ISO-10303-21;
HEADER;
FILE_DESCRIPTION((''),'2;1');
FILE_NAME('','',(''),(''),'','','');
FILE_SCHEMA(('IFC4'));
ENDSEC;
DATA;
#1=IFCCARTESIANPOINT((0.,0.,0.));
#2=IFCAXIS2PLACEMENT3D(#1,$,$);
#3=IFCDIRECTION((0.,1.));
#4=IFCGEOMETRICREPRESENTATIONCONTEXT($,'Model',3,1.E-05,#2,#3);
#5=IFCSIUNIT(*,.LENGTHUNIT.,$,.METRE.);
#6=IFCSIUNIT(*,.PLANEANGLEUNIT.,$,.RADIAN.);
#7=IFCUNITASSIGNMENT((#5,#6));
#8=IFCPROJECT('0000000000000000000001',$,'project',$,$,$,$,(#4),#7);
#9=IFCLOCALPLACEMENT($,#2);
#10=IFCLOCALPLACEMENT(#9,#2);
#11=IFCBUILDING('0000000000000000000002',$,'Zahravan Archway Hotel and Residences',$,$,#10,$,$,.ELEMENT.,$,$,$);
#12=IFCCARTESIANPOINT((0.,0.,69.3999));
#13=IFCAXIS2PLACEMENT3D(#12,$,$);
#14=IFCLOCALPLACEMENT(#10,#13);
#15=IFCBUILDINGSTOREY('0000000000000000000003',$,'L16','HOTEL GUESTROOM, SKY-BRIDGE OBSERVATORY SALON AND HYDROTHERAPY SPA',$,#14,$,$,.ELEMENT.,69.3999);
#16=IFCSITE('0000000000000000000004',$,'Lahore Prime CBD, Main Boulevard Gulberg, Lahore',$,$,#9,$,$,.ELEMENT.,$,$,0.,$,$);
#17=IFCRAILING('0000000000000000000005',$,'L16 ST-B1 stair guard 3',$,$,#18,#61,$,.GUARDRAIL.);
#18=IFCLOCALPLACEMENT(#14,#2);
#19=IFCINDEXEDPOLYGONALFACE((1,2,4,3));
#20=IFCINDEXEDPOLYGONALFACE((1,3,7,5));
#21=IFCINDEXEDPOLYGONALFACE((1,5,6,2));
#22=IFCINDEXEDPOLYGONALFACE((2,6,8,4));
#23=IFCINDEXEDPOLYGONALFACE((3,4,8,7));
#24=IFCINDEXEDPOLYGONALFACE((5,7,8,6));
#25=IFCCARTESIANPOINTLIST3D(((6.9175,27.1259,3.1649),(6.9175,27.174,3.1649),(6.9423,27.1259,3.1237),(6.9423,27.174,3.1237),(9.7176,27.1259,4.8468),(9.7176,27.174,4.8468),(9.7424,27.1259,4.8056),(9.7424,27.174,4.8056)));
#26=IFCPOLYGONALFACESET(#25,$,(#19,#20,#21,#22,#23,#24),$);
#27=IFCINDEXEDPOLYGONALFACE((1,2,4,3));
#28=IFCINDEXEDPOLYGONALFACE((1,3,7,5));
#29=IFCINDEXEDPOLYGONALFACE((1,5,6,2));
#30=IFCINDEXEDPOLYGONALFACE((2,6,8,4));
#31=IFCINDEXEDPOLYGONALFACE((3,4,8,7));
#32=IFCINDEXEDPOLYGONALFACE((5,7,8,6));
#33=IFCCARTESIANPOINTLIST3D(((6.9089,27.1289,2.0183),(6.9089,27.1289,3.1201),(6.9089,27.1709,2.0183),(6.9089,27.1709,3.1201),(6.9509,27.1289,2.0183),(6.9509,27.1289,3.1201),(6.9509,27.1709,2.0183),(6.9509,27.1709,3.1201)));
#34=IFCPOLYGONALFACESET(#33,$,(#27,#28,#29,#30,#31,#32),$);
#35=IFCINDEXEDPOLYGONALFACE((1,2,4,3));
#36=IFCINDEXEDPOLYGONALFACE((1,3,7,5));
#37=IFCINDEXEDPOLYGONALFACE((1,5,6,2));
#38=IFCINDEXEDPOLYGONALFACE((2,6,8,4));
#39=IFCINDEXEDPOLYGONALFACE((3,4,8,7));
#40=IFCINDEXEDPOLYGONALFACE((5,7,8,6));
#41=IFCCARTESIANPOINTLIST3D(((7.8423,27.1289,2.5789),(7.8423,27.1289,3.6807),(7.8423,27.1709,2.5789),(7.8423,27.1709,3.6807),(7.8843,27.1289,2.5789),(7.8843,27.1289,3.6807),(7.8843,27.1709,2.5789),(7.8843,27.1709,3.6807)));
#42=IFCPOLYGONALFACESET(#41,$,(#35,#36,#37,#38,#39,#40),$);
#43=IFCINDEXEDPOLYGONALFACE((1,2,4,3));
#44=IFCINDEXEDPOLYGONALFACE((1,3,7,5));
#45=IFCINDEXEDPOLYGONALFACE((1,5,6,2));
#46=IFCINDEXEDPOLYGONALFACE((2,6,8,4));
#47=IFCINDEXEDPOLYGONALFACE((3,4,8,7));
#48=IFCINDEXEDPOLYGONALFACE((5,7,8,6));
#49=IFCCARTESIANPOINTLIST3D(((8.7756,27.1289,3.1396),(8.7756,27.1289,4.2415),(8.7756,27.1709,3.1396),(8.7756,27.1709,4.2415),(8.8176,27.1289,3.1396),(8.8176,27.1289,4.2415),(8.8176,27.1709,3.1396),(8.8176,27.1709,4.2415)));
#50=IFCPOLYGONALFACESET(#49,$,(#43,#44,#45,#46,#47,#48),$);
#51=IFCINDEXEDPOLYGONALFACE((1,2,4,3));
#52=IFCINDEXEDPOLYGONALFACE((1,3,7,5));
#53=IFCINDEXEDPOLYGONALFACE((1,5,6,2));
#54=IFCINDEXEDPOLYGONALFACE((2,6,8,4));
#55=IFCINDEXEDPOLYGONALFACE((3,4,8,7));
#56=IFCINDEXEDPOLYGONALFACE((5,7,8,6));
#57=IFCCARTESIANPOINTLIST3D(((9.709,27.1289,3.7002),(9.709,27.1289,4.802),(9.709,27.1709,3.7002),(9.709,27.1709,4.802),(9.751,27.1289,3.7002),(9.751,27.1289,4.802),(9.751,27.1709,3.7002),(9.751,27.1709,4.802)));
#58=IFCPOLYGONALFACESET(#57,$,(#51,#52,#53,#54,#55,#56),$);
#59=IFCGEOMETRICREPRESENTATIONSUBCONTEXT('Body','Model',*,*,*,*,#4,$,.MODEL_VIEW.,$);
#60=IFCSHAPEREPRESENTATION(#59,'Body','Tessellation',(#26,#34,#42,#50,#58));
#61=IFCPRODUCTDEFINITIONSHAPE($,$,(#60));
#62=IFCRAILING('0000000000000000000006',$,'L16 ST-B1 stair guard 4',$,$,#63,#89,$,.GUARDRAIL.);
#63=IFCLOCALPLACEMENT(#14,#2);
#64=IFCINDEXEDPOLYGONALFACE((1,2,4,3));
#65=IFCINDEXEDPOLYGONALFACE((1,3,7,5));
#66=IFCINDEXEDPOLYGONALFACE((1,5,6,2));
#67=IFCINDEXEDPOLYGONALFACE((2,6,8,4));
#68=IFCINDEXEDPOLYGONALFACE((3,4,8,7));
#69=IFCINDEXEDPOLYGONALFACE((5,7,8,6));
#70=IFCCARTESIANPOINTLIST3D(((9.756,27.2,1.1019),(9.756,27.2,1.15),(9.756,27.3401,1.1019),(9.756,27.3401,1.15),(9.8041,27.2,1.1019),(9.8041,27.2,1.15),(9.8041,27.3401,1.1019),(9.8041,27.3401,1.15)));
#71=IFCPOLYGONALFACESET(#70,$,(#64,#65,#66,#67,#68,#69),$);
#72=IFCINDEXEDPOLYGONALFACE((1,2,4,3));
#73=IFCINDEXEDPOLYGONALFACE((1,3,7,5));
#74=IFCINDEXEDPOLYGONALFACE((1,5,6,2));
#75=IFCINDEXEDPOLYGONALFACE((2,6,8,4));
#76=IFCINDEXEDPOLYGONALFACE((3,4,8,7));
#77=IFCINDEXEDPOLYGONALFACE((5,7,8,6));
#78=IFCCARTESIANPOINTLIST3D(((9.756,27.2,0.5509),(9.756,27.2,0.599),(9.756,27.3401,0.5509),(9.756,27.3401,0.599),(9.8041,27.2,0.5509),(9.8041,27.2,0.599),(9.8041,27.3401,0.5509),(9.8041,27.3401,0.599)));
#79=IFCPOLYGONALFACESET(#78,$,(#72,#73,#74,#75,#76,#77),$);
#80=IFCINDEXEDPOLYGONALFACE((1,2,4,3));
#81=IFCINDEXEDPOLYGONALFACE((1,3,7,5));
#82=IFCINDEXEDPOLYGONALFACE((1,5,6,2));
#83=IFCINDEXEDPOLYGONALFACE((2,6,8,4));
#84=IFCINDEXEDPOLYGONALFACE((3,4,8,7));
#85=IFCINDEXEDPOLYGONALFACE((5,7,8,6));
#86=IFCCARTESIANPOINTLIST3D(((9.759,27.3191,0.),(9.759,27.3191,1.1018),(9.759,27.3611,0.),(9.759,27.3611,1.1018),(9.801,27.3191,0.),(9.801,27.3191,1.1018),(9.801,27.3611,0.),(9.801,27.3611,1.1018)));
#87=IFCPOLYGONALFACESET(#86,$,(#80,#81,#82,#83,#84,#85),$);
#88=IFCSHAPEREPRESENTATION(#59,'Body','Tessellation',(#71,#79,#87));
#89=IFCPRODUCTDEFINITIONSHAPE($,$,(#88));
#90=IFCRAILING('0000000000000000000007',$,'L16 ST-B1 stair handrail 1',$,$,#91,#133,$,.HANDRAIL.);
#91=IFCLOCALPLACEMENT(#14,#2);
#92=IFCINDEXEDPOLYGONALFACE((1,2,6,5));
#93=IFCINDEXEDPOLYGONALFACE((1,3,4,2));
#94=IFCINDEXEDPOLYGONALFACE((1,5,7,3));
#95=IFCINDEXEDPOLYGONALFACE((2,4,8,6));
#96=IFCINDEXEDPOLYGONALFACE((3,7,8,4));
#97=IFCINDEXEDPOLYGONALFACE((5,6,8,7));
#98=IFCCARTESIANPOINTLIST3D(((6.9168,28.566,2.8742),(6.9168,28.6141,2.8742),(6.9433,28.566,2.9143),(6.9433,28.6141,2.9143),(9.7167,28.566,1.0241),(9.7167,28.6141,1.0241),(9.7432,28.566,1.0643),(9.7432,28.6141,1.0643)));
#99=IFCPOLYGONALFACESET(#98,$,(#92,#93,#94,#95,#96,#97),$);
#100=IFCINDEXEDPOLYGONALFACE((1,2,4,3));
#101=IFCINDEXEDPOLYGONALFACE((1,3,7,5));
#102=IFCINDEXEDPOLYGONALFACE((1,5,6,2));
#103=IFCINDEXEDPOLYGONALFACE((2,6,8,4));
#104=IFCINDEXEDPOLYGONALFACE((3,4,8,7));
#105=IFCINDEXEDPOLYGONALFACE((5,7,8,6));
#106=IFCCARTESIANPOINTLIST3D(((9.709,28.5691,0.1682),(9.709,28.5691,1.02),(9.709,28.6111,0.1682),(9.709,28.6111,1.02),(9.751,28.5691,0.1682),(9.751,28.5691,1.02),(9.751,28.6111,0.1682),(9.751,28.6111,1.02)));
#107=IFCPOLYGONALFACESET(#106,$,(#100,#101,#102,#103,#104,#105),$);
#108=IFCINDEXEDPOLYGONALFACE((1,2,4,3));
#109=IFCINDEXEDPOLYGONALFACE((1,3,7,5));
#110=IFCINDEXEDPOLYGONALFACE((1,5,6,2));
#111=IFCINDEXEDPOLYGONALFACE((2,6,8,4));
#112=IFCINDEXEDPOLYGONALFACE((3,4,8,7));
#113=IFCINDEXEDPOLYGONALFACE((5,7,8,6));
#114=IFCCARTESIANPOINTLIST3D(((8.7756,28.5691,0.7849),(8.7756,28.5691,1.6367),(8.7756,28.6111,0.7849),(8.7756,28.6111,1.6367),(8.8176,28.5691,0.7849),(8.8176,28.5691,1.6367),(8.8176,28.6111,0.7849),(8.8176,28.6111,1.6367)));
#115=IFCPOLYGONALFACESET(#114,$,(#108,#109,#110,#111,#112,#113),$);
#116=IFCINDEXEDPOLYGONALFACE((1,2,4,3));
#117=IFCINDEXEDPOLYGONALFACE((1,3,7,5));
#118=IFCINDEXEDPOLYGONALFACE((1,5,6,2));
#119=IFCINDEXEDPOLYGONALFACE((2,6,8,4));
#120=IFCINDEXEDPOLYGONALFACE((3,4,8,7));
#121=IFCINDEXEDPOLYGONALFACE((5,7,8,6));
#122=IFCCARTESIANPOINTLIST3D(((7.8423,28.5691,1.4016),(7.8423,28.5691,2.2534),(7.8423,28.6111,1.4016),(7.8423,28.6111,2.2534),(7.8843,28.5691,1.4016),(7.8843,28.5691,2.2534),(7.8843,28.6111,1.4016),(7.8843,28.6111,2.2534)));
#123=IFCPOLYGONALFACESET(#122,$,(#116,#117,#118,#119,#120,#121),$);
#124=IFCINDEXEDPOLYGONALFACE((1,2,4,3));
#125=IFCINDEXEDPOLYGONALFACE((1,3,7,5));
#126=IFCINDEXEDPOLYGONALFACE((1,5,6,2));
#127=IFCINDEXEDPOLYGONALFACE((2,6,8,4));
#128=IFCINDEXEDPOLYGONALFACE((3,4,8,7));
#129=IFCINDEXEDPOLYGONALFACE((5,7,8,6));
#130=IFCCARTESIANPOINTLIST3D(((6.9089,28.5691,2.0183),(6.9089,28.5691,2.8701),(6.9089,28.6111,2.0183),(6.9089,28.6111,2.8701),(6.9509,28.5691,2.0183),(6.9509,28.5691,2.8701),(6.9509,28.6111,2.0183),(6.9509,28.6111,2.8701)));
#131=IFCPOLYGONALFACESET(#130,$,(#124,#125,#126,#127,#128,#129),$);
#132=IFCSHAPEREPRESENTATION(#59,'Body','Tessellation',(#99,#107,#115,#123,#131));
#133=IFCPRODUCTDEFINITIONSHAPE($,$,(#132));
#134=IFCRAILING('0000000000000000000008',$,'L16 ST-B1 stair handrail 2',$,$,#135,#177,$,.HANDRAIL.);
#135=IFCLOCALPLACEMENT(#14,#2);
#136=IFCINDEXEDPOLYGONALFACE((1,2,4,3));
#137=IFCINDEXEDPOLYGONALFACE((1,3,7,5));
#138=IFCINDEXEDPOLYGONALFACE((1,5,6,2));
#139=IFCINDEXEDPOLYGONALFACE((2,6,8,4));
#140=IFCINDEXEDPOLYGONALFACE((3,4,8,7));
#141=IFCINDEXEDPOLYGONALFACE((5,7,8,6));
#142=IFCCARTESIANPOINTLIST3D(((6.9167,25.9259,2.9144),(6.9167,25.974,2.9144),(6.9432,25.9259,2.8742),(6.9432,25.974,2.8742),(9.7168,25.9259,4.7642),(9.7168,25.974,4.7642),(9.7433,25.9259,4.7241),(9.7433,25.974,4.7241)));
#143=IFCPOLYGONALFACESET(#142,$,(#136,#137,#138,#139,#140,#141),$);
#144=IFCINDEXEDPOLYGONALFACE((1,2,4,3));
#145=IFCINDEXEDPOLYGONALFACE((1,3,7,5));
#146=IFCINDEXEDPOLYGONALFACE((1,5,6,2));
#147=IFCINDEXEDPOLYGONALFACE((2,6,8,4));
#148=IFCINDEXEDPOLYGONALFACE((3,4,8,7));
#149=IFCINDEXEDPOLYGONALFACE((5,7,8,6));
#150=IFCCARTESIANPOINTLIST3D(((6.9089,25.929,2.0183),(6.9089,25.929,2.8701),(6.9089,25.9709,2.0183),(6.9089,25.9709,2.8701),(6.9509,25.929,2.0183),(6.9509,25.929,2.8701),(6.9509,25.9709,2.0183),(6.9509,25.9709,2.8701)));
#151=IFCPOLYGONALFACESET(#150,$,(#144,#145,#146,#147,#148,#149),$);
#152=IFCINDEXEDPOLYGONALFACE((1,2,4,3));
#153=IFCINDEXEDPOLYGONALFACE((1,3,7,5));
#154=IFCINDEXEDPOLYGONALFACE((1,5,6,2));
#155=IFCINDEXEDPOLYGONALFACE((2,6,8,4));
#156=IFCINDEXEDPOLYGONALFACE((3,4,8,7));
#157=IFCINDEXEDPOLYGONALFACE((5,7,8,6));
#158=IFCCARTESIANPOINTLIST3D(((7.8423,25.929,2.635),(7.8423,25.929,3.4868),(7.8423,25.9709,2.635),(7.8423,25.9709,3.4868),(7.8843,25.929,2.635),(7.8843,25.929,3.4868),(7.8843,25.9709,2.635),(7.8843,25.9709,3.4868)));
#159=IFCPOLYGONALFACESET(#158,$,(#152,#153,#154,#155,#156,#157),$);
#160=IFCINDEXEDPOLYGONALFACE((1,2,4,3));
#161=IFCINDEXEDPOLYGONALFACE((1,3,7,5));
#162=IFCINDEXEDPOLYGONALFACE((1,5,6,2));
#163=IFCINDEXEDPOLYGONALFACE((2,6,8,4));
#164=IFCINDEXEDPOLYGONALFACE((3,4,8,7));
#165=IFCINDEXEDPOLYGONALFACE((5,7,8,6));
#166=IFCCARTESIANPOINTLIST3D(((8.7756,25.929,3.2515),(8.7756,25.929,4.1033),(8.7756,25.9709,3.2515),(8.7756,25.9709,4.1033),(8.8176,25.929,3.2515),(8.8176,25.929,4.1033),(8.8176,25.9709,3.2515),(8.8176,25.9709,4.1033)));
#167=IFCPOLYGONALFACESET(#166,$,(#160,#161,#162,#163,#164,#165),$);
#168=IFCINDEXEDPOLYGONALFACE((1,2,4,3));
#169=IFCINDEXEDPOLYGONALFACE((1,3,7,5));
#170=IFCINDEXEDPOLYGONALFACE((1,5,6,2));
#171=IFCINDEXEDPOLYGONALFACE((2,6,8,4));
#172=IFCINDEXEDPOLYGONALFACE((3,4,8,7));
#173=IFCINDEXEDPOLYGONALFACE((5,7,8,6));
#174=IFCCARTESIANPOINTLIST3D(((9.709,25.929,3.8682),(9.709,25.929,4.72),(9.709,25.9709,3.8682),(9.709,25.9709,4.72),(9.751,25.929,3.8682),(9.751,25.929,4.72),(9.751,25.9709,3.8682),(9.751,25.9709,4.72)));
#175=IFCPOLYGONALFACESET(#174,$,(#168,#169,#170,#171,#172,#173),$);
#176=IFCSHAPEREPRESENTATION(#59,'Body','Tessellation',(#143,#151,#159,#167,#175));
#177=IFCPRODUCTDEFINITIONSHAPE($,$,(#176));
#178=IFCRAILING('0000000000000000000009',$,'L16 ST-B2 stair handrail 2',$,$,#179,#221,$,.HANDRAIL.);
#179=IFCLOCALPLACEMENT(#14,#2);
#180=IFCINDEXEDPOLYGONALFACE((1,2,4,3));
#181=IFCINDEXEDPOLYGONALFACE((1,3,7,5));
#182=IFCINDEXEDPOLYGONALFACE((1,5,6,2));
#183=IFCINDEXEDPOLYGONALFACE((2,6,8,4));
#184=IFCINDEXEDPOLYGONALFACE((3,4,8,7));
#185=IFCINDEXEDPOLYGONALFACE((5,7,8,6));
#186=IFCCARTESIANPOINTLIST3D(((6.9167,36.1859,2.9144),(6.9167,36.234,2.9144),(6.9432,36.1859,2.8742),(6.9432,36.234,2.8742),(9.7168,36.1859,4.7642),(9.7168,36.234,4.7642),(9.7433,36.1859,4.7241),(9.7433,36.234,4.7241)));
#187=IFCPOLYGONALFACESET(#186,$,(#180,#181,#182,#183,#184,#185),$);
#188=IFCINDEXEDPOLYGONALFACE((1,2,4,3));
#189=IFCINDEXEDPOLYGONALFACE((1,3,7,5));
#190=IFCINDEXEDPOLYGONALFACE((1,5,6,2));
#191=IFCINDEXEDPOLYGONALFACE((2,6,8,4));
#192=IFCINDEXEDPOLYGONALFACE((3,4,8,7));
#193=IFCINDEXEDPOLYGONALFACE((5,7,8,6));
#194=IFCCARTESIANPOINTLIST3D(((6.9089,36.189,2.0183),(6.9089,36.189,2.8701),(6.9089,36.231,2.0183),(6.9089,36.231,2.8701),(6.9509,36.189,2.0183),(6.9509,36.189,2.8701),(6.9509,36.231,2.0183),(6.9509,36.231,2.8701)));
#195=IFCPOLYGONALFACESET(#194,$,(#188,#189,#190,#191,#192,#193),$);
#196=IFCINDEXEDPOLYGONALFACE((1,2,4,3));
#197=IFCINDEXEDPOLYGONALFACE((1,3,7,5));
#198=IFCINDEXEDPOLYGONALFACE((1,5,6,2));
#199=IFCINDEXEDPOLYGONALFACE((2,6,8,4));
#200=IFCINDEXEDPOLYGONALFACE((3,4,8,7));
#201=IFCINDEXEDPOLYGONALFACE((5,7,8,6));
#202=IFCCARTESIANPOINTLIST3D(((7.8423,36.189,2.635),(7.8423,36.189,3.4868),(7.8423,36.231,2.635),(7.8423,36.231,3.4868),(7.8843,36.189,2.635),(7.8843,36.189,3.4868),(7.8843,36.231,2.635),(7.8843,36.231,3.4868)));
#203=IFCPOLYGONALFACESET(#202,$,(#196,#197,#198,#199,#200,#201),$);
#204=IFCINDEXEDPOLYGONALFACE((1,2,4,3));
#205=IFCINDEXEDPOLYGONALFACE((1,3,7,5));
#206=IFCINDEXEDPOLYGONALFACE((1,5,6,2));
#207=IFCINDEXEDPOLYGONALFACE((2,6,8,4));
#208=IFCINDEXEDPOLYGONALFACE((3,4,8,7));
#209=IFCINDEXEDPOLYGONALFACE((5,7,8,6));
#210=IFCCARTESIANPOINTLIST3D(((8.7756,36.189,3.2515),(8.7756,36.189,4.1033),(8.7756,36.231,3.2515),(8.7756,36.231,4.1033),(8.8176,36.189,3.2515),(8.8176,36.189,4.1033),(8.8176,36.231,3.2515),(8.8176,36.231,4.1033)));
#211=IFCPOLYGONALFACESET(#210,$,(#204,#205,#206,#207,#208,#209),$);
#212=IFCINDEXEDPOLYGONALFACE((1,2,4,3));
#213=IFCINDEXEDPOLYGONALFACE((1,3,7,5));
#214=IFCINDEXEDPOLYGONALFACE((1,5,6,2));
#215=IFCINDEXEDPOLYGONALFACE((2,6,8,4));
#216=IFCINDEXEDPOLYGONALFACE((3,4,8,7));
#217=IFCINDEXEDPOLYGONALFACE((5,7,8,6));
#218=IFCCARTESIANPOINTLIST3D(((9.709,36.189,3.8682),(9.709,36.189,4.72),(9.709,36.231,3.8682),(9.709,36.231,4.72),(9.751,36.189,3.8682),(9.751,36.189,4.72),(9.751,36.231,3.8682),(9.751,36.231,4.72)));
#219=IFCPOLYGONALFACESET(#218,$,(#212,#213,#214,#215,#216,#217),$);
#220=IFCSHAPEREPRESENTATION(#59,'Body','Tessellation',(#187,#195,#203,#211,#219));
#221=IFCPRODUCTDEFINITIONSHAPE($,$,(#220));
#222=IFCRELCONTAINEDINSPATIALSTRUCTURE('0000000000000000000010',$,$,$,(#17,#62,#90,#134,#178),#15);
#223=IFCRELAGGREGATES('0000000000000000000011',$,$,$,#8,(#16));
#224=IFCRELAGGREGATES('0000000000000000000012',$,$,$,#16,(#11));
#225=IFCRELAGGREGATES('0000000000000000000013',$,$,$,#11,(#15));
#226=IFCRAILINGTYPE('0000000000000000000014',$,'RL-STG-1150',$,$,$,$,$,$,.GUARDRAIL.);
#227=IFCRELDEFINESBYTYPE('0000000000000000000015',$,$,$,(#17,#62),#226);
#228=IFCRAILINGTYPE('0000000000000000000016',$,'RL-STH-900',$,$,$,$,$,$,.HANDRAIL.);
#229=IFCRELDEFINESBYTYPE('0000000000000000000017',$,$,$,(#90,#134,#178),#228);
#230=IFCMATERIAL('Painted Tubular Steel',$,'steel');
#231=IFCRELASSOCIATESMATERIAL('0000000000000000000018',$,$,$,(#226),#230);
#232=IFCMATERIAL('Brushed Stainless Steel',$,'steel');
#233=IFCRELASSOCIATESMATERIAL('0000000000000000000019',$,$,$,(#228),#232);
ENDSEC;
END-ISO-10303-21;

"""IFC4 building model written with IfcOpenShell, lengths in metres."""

from ifc_helpers import new_model, si_unit, direction, frame, origin, origin_2d, place, context, subcontext, project, spatial, rectangle, extrude, material, type_object, element, save


model = new_model("IFC4")

# Units and contexts
model_context = context("Model", 3, precision=1e-05, world=origin(), true_north=direction((0.0, 1.0)))
body_context = subcontext(model_context, "Body", "Model", "MODEL_VIEW")
ifc_project = project(units=[si_unit("LENGTHUNIT", "METRE"), si_unit("PLANEANGLEUNIT", "RADIAN")], contexts=[model_context])

# Site, building, storey
site_placement = place(None, origin())
site = spatial("IfcSite", under=ifc_project, at=site_placement, Name="Lahore Prime CBD, Main Boulevard Gulberg, Lahore", CompositionType="ELEMENT", RefElevation=0.0)
building_placement = place(site_placement, origin())
building = spatial("IfcBuilding", under=site, at=building_placement, Name="Zahravan Archway Hotel and Residences", CompositionType="ELEMENT")
storey_placement = place(building_placement, frame((0.0, 0.0, 69.3999)))
storey = spatial("IfcBuildingStorey", under=building, at=storey_placement, Name="L16", Description="HOTEL GUESTROOM, SKY-BRIDGE OBSERVATORY SALON AND HYDROTHERAPY SPA", CompositionType="ELEMENT", Elevation=69.3999)

# Shared definitions
ifc_material_1 = material(Name="Brushed Stainless Steel", Category="steel")

# Railings
ifc_material_2 = material(Name="Painted Tubular Steel", Category="steel")
railing_type_1 = type_object("IfcRailingType", Name="RL-STG-1150", PredefinedType="GUARDRAIL", material=ifc_material_2)
railing_1_placement = place(storey_placement, frame((6.9299, 27.1499, 2.0183)))
element("IfcRailing", 1, at=railing_1_placement, inside=storey, type_object=railing_type_1, Name="L16 ST-B1 stair guard 3", PredefinedType="GUARDRAIL", context=body_context, shape_type="SweptSolid", body=[
    extrude(rectangle(XDim=0.0481, YDim=0.0481, at=origin_2d()), frame((0.0, 0.0, 1.126), z_axis=(0.857242, 0.0, 0.514913), x_axis=(0.0, 1.0, 0.0)), (0.0, 0.0, 1.0), 3.2664),
    extrude(rectangle(XDim=0.042, YDim=0.042, at=origin_2d()), origin(), (0.0, 0.0, 1.0), 1.1018),
    extrude(rectangle(XDim=0.042, YDim=0.042, at=origin_2d()), frame((0.9333, 0.0, 0.5605)), (0.0, 0.0, 1.0), 1.1018),
    extrude(rectangle(XDim=0.042, YDim=0.042, at=origin_2d()), frame((1.8667, 0.0, 1.1213)), (0.0, 0.0, 1.0), 1.1018),
    extrude(rectangle(XDim=0.042, YDim=0.042, at=origin_2d()), frame((2.8, 0.0, 1.6819)), (0.0, 0.0, 1.0), 1.1018),
])
railing_2_placement = place(storey_placement, frame((9.78, 27.3401, 0.0)))
element("IfcRailing", 2, at=railing_2_placement, inside=storey, type_object=railing_type_1, Name="L16 ST-B1 stair guard 4", PredefinedType="GUARDRAIL", context=body_context, shape_type="SweptSolid", body=[
    extrude(rectangle(XDim=0.0481, YDim=0.0481, at=origin_2d()), frame((0.0, 0.0, 1.126), z_axis=(0.0, -1.0, 0.0), x_axis=(1.0, 0.0, 0.0)), (0.0, 0.0, 1.0), 0.1401),
    extrude(rectangle(XDim=0.0481, YDim=0.0481, at=origin_2d()), frame((0.0, 0.0, 0.575), z_axis=(0.0, -1.0, 0.0), x_axis=(1.0, 0.0, 0.0)), (0.0, 0.0, 1.0), 0.1401),
    extrude(rectangle(XDim=0.042, YDim=0.042, at=origin_2d()), origin(), (0.0, 0.0, 1.0), 1.1018),
])
railing_type_2 = type_object("IfcRailingType", Name="RL-STH-900", PredefinedType="HANDRAIL", material=ifc_material_1)
railing_3_placement = place(storey_placement, frame((9.73, 28.5901, 0.1682)))
element("IfcRailing", 3, at=railing_3_placement, inside=storey, type_object=railing_type_2, Name="L16 ST-B1 stair handrail 1", PredefinedType="HANDRAIL", context=body_context, shape_type="SweptSolid", body=[
    extrude(rectangle(XDim=0.0481, YDim=0.0481, at=origin_2d()), frame((0.0, 0.0, 0.876), z_axis=(-0.834326, 0.0, 0.551271), x_axis=(0.0, -1.0, 0.0)), (0.0, 0.0, 1.0), 3.356),
    extrude(rectangle(XDim=0.042, YDim=0.042, at=origin_2d()), origin(), (0.0, 0.0, 1.0), 0.8518),
    extrude(rectangle(XDim=0.042, YDim=0.042, at=origin_2d()), frame((-0.9333, 0.0, 0.6167)), (0.0, 0.0, 1.0), 0.8518),
    extrude(rectangle(XDim=0.042, YDim=0.042, at=origin_2d()), frame((-1.8667, 0.0, 1.2334)), (0.0, 0.0, 1.0), 0.8518),
    extrude(rectangle(XDim=0.042, YDim=0.042, at=origin_2d()), frame((-2.8, 0.0, 1.8501)), (0.0, 0.0, 1.0), 0.8518),
])
for number, where, name in (
    (4, (6.9299, 25.95, 2.0183), "L16 ST-B1 stair handrail 2"),
    (5, (6.9299, 36.21, 2.0183), "L16 ST-B2 stair handrail 2"),
):
    element("IfcRailing", number, at=place(storey_placement, frame(where)), inside=storey, type_object=railing_type_2, Name=name, PredefinedType="HANDRAIL", context=body_context, shape_type="SweptSolid", body=[
        extrude(rectangle(XDim=0.0481, YDim=0.0481, at=origin_2d()), frame((0.0, 0.0, 0.876), z_axis=(0.83436, 0.0, 0.55122), x_axis=(0.0, 1.0, 0.0)), (0.0, 0.0, 1.0), 3.356),
        extrude(rectangle(XDim=0.042, YDim=0.042, at=origin_2d()), origin(), (0.0, 0.0, 1.0), 0.8518),
        extrude(rectangle(XDim=0.042, YDim=0.042, at=origin_2d()), frame((0.9333, 0.0, 0.6167)), (0.0, 0.0, 1.0), 0.8518),
        extrude(rectangle(XDim=0.042, YDim=0.042, at=origin_2d()), frame((1.8667, 0.0, 1.2332)), (0.0, 0.0, 1.0), 0.8518),
        extrude(rectangle(XDim=0.042, YDim=0.042, at=origin_2d()), frame((2.8, 0.0, 1.8499)), (0.0, 0.0, 1.0), 0.8518),
    ])

save(model, "model.ifc")
